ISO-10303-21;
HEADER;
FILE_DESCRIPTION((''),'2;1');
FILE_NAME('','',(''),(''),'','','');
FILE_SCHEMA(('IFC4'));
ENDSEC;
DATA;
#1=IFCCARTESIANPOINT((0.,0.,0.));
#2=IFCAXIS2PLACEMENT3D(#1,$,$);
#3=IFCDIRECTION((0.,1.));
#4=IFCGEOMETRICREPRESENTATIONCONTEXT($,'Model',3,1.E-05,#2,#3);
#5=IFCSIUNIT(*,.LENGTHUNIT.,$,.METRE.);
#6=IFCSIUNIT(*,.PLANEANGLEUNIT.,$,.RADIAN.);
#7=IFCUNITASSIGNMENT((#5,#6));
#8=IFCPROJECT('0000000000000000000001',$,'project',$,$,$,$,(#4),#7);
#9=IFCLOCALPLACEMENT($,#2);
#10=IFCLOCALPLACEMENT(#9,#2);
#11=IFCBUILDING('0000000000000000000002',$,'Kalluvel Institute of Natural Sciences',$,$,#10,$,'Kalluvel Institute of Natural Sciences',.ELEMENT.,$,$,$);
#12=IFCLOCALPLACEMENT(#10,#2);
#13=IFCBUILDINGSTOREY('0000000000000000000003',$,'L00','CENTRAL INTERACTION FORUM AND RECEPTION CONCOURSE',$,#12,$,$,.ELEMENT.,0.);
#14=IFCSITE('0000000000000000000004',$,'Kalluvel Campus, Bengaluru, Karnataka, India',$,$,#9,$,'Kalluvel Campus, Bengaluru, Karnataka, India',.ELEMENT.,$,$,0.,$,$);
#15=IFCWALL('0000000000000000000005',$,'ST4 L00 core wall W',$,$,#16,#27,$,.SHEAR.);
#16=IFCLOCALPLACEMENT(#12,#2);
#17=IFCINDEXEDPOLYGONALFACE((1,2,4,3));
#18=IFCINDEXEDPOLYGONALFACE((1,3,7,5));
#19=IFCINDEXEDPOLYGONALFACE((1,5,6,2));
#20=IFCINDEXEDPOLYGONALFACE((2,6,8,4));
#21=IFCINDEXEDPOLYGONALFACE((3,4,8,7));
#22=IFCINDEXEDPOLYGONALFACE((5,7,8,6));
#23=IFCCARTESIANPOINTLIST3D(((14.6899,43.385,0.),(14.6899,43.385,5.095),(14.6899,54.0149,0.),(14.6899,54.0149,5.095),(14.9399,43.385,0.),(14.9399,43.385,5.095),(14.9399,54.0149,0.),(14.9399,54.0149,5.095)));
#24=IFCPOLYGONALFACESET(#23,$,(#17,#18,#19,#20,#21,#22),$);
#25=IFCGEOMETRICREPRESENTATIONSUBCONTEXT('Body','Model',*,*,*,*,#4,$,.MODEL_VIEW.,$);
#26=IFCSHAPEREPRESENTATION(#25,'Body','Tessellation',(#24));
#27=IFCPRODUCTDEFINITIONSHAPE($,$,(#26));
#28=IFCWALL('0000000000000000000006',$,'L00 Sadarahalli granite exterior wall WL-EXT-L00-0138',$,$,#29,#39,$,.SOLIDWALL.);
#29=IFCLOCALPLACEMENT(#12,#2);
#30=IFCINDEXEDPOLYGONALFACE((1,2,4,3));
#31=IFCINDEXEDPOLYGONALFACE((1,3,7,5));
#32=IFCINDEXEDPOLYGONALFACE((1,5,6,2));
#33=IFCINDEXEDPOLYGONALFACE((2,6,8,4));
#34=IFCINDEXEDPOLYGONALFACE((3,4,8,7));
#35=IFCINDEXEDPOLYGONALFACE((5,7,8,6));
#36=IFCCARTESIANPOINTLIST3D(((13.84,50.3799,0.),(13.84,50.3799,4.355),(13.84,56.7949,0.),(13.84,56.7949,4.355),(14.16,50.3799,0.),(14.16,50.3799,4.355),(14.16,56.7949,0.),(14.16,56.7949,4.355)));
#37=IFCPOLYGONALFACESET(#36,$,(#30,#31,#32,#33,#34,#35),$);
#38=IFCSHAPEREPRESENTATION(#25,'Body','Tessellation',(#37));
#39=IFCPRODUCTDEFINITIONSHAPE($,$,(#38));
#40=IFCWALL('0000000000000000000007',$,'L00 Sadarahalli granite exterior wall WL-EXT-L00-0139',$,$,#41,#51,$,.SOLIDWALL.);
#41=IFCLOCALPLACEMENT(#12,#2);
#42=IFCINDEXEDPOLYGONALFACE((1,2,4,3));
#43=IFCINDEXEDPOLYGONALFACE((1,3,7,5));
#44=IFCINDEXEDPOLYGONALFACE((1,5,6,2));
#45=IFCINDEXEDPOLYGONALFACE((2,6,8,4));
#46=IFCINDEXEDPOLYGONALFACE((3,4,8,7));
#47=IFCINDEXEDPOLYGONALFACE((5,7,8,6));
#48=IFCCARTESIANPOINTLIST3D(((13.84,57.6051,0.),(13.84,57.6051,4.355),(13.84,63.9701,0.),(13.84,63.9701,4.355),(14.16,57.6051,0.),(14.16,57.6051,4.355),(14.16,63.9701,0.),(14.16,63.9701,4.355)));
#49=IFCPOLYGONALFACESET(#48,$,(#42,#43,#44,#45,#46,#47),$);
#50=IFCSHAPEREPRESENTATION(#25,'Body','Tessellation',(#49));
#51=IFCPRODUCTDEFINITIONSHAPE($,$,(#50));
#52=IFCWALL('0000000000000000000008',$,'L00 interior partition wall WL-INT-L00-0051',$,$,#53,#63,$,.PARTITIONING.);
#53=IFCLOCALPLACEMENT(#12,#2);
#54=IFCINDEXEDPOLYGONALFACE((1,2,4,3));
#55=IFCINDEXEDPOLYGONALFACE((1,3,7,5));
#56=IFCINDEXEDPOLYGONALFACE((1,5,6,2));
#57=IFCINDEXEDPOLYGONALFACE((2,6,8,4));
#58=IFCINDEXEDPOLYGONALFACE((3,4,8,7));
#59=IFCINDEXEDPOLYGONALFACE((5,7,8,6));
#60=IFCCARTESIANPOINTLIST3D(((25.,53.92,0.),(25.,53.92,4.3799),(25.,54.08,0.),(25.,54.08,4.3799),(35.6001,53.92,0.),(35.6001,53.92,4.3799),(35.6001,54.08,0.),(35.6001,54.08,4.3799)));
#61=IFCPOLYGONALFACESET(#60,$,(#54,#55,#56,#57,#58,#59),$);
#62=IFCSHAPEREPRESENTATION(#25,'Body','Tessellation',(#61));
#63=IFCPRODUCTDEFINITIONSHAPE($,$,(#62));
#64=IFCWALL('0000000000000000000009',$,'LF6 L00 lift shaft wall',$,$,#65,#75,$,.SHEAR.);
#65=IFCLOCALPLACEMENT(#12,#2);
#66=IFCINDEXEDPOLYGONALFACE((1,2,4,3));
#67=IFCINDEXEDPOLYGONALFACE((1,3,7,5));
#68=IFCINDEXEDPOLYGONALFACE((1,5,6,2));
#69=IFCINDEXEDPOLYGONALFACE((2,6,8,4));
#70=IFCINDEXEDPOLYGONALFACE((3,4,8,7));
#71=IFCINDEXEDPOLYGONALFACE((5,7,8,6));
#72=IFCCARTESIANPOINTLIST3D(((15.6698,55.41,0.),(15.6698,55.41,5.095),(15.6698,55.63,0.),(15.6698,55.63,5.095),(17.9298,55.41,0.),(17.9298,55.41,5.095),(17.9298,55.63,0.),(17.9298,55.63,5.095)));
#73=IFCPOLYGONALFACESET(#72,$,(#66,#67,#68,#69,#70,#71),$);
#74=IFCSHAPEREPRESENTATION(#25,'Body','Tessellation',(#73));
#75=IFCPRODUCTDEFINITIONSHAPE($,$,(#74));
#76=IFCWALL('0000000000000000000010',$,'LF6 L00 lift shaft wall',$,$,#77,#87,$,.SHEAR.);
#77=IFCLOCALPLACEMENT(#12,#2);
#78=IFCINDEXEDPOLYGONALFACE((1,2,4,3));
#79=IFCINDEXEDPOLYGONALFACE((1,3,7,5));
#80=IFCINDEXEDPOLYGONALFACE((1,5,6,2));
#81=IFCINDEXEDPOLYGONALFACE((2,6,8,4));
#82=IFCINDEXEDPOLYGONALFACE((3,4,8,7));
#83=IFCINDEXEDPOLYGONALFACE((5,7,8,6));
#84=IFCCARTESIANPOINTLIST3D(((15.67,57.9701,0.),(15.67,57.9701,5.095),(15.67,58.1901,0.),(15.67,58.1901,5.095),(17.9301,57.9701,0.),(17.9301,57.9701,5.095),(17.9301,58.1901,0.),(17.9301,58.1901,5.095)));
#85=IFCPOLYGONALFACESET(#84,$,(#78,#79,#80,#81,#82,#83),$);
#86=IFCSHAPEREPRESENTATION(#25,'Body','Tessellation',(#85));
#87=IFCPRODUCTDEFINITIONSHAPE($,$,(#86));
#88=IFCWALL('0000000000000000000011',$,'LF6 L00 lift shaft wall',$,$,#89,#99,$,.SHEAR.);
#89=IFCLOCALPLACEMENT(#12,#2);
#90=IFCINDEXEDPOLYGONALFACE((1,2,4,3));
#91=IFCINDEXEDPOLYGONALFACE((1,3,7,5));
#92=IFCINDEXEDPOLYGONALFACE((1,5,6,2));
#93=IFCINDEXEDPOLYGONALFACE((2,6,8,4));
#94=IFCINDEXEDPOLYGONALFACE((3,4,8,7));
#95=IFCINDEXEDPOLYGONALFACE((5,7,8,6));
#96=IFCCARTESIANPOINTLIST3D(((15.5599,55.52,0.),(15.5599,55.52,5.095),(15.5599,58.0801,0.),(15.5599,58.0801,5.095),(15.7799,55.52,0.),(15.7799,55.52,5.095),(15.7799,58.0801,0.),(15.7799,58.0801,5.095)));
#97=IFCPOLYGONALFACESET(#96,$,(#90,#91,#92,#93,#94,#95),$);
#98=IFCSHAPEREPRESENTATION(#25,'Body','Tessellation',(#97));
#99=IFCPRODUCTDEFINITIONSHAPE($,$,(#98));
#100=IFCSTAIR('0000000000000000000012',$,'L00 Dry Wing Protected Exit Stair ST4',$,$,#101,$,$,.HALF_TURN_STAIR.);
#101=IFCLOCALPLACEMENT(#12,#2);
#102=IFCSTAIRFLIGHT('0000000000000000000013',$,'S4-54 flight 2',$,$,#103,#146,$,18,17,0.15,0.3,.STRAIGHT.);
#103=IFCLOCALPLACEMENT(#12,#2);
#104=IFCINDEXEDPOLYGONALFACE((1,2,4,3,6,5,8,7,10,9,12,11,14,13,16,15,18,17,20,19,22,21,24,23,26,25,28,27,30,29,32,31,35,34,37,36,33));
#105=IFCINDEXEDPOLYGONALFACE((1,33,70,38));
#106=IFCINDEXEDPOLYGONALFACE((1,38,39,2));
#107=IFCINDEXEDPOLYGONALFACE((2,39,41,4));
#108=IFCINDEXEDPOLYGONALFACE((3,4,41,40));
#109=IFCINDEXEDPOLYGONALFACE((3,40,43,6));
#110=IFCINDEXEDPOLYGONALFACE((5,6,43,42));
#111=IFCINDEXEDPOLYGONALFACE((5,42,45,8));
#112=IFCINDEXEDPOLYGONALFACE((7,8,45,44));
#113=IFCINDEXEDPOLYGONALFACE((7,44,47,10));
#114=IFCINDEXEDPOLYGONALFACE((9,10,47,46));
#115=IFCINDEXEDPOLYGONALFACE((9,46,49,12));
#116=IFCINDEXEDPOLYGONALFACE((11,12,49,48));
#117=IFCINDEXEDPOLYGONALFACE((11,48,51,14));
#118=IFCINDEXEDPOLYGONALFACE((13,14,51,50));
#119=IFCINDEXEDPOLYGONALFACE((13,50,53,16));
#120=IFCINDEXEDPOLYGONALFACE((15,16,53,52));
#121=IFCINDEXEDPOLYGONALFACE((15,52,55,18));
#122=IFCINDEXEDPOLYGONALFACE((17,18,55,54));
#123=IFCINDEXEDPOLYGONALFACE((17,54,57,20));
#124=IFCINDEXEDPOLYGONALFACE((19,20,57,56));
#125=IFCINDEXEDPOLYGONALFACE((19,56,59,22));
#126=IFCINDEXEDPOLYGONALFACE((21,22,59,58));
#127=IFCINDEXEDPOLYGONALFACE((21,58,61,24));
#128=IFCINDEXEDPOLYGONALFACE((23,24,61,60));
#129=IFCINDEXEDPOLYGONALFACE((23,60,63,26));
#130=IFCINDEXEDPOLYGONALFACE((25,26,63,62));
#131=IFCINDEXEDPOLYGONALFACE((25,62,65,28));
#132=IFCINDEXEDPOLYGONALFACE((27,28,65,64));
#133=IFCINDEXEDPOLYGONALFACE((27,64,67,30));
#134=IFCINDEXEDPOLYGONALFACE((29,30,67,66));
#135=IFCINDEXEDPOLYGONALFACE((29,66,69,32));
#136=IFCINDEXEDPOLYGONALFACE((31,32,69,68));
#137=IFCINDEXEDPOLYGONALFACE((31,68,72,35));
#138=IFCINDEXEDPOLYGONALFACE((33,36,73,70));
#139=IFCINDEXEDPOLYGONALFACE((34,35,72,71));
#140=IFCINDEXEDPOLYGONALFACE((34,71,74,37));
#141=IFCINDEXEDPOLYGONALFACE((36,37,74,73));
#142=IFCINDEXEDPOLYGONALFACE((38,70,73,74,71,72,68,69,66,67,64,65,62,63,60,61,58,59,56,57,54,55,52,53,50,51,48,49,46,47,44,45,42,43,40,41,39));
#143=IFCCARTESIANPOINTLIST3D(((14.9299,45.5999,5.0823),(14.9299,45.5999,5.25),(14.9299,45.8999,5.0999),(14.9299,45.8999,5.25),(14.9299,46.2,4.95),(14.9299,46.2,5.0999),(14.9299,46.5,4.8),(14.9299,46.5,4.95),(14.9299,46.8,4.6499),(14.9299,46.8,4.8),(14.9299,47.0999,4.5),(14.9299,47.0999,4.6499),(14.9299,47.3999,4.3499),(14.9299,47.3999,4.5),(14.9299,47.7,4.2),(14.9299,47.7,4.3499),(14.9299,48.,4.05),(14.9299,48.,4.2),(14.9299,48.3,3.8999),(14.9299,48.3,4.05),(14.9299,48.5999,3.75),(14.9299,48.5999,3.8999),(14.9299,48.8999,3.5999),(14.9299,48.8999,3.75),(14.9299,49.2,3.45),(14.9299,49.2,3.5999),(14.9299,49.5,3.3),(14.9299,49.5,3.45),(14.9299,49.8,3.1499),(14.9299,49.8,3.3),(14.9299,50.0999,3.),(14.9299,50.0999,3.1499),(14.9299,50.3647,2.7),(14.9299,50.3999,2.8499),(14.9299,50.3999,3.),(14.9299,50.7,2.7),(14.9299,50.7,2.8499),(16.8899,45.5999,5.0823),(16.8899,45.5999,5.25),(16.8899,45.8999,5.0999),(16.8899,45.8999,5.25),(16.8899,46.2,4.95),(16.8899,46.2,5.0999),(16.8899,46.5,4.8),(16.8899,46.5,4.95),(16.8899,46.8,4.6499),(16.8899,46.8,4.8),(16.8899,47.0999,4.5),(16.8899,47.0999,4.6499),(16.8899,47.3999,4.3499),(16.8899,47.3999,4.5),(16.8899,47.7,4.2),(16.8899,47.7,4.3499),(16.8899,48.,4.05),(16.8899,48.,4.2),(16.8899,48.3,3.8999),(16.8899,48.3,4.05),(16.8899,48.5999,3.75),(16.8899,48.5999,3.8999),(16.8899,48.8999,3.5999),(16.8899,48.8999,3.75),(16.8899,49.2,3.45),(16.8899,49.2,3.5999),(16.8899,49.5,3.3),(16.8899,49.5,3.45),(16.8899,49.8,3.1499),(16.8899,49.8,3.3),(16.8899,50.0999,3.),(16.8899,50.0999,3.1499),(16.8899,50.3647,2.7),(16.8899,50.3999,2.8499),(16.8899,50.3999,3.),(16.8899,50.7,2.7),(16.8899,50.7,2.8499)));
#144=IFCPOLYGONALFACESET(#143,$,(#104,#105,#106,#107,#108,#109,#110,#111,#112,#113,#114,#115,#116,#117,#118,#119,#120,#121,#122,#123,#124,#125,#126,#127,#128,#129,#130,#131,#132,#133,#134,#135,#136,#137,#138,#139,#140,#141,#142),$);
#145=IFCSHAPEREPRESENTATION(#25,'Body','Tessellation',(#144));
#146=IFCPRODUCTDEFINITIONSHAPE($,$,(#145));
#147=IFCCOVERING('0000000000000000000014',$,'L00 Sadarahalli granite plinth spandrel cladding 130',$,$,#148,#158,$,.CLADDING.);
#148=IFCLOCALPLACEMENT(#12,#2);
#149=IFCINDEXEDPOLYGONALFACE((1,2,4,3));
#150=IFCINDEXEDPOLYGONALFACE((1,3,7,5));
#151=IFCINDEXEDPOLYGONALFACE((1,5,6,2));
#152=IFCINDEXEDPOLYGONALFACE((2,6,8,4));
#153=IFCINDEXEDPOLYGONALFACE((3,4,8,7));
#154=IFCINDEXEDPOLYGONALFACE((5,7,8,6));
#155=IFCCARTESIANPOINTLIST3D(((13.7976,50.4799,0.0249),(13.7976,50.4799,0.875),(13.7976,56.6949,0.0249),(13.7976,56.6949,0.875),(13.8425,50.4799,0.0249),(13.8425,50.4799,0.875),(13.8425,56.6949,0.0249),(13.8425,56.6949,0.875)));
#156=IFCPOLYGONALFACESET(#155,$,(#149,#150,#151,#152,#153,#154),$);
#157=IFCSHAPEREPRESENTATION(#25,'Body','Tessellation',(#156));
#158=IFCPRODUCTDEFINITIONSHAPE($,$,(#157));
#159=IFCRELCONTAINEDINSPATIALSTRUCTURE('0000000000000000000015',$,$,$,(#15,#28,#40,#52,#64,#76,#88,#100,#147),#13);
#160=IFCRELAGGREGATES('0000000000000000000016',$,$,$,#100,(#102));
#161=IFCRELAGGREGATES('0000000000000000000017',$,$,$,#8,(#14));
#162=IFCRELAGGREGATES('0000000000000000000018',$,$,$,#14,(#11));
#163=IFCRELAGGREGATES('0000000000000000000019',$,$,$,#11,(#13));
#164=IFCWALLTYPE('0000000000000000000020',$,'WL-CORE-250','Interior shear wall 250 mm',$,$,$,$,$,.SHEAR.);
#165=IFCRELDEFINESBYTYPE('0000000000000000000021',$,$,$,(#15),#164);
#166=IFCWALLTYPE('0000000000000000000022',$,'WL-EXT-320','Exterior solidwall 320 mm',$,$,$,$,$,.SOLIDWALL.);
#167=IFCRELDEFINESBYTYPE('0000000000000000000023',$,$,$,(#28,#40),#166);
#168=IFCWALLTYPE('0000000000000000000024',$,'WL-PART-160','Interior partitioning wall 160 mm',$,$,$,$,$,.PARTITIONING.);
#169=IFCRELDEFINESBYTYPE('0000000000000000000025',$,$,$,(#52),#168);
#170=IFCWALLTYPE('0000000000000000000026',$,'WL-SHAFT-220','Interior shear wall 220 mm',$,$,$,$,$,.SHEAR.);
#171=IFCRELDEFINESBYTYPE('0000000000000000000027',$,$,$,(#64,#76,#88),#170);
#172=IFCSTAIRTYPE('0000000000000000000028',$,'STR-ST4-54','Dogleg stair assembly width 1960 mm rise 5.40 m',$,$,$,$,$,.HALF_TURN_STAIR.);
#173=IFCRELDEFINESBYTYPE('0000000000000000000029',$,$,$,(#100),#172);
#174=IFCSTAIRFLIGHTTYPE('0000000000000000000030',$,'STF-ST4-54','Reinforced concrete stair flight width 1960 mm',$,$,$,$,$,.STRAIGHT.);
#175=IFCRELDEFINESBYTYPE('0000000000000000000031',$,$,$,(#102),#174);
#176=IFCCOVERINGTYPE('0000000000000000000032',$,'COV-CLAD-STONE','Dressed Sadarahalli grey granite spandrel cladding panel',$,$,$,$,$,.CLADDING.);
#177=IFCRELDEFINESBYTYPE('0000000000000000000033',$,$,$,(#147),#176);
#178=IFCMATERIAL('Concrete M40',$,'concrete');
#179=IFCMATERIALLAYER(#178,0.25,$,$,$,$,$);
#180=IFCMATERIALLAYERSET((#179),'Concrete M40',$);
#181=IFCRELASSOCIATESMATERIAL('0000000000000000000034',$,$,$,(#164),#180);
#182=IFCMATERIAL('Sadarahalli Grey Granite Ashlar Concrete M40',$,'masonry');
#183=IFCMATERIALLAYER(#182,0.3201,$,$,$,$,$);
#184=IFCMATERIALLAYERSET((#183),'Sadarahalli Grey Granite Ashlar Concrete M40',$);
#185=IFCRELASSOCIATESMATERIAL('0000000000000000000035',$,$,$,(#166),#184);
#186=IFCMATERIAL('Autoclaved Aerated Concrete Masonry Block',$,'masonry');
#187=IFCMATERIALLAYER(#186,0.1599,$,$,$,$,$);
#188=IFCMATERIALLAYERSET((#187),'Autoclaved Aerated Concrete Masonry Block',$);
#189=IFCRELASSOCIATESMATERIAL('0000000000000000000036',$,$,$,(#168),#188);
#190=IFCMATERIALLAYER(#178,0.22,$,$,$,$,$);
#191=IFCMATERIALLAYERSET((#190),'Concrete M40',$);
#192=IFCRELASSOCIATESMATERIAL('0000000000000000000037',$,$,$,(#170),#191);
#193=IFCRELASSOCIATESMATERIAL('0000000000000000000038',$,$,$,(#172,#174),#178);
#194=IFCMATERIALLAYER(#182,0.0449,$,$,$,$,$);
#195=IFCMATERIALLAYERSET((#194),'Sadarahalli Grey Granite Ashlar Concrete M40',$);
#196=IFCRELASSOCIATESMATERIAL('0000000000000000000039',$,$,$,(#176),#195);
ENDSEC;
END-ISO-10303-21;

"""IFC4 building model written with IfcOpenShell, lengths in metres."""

from ifc_helpers import new_model, si_unit, direction, frame, frame_2d, origin, origin_2d, place, context, subcontext, project, spatial, polyline, rectangle, outline, extrude, material, layer, layer_set, type_object, element, aggregate, save


model = new_model("IFC4")

# Units and contexts
model_context = context("Model", 3, precision=1e-05, world=origin(), true_north=direction((0.0, 1.0)))
body_context = subcontext(model_context, "Body", "Model", "MODEL_VIEW")
ifc_project = project(units=[si_unit("LENGTHUNIT", "METRE"), si_unit("PLANEANGLEUNIT", "RADIAN")], contexts=[model_context])

# Site, building, storey
site_placement = place(None, origin())
site = spatial("IfcSite", under=ifc_project, at=site_placement, Name="Kalluvel Campus, Bengaluru, Karnataka, India", LongName="Kalluvel Campus, Bengaluru, Karnataka, India", CompositionType="ELEMENT", RefElevation=0.0)
building_placement = place(site_placement, origin())
building = spatial("IfcBuilding", under=site, at=building_placement, Name="Kalluvel Institute of Natural Sciences", LongName="Kalluvel Institute of Natural Sciences", CompositionType="ELEMENT")
storey_placement = place(building_placement, origin())
storey = spatial("IfcBuildingStorey", under=building, at=storey_placement, Name="L00", Description="CENTRAL INTERACTION FORUM AND RECEPTION CONCOURSE", CompositionType="ELEMENT", Elevation=0.0)

# Shared definitions
ifc_material_1 = material(Name="Concrete M40", Category="concrete")

# Walls
ifc_layer_1 = layer(ifc_material_1, 0.25)
ifc_layer_set_1 = layer_set([ifc_layer_1], Name="Concrete M40")
wall_type_1 = type_object("IfcWallType", Name="WL-CORE-250", Description="Interior shear wall 250 mm", PredefinedType="SHEAR", material=ifc_layer_set_1)
wall_1_placement = place(storey_placement, frame((14.8149, 54.0149, 0.0), z_axis=(0.0, 0.0, 1.0), x_axis=(0.0, -1.0, 0.0)))
element("IfcWall", 1, at=wall_1_placement, inside=storey, type_object=wall_type_1, Name="ST4 L00 core wall W", PredefinedType="SHEAR", context=body_context, shape_type="SweptSolid", body=[
    extrude(rectangle(XDim=10.6299, YDim=0.25, at=frame_2d((5.3149, 0.0))), origin(), (0.0, 0.0, 1.0), 5.095),
])
ifc_material_2 = material(Name="Sadarahalli Grey Granite Ashlar Concrete M40", Category="masonry")
ifc_layer_2 = layer(ifc_material_2, 0.3201)
ifc_layer_set_2 = layer_set([ifc_layer_2], Name="Sadarahalli Grey Granite Ashlar Concrete M40")
wall_type_2 = type_object("IfcWallType", Name="WL-EXT-320", Description="Exterior solidwall 320 mm", PredefinedType="SOLIDWALL", material=ifc_layer_set_2)
wall_2_placement = place(storey_placement, frame((14.0, 50.3799, 0.0), z_axis=(0.0, 0.0, 1.0), x_axis=(0.0, 1.0, 0.0)))
element("IfcWall", 2, at=wall_2_placement, inside=storey, type_object=wall_type_2, Name="L00 Sadarahalli granite exterior wall WL-EXT-L00-0138", PredefinedType="SOLIDWALL", context=body_context, shape_type="SweptSolid", body=[
    extrude(rectangle(XDim=6.415, YDim=0.3201, at=frame_2d((3.2075, 0.0))), origin(), (0.0, 0.0, 1.0), 4.355),
])
wall_3_placement = place(storey_placement, frame((14.0, 57.605, 0.0), z_axis=(0.0, 0.0, 1.0), x_axis=(0.0, 1.0, 0.0)))
element("IfcWall", 3, at=wall_3_placement, inside=storey, type_object=wall_type_2, Name="L00 Sadarahalli granite exterior wall WL-EXT-L00-0139", PredefinedType="SOLIDWALL", context=body_context, shape_type="SweptSolid", body=[
    extrude(rectangle(XDim=6.365, YDim=0.3201, at=frame_2d((3.1826, 0.0))), origin(), (0.0, 0.0, 1.0), 4.355),
])
ifc_material_3 = material(Name="Autoclaved Aerated Concrete Masonry Block", Category="masonry")
ifc_layer_3 = layer(ifc_material_3, 0.1599)
ifc_layer_set_3 = layer_set([ifc_layer_3], Name="Autoclaved Aerated Concrete Masonry Block")
wall_type_3 = type_object("IfcWallType", Name="WL-PART-160", Description="Interior partitioning wall 160 mm", PredefinedType="PARTITIONING", material=ifc_layer_set_3)
wall_4_placement = place(storey_placement, frame((25.0, 54.0, 0.0), z_axis=(0.0, 0.0, 1.0), x_axis=(1.0, 0.0, 0.0)))
element("IfcWall", 4, at=wall_4_placement, inside=storey, type_object=wall_type_3, Name="L00 interior partition wall WL-INT-L00-0051", PredefinedType="PARTITIONING", context=body_context, shape_type="SweptSolid", body=[
    extrude(rectangle(XDim=10.6001, YDim=0.1599, at=frame_2d((5.3, 0.0))), origin(), (0.0, 0.0, 1.0), 4.3799),
])
ifc_layer_4 = layer(ifc_material_1, 0.22)
ifc_layer_set_4 = layer_set([ifc_layer_4], Name="Concrete M40")
wall_type_4 = type_object("IfcWallType", Name="WL-SHAFT-220", Description="Interior shear wall 220 mm", PredefinedType="SHEAR", material=ifc_layer_set_4)
wall_5_placement = place(storey_placement, frame((15.6699, 55.52, 0.0), z_axis=(0.0, 0.0, 1.0), x_axis=(1.0, 0.0, 0.0)))
element("IfcWall", 5, at=wall_5_placement, inside=storey, type_object=wall_type_4, Name="LF6 L00 lift shaft wall", PredefinedType="SHEAR", context=body_context, shape_type="SweptSolid", body=[
    extrude(rectangle(XDim=2.26, YDim=0.22, at=frame_2d((1.1299, 0.0))), origin(), (0.0, 0.0, 1.0), 5.095),
])

# Walls
wall_6_placement = place(storey_placement, frame((17.9299, 58.0801, 0.0), z_axis=(0.0, 0.0, 1.0), x_axis=(-1.0, 0.0, 0.0)))
element("IfcWall", 6, at=wall_6_placement, inside=storey, type_object=wall_type_4, Name="LF6 L00 lift shaft wall", PredefinedType="SHEAR", context=body_context, shape_type="SweptSolid", body=[
    extrude(rectangle(XDim=2.26, YDim=0.22, at=frame_2d((1.1299, 0.0))), origin(), (0.0, 0.0, 1.0), 5.095),
])
wall_7_placement = place(storey_placement, frame((15.6699, 58.0801, 0.0), z_axis=(0.0, 0.0, 1.0), x_axis=(0.0, -1.0, 0.0)))
element("IfcWall", 7, at=wall_7_placement, inside=storey, type_object=wall_type_4, Name="LF6 L00 lift shaft wall", PredefinedType="SHEAR", context=body_context, shape_type="SweptSolid", body=[
    extrude(rectangle(XDim=2.5601, YDim=0.22, at=frame_2d((1.28, 0.0))), origin(), (0.0, 0.0, 1.0), 5.095),
])

# Stair, stair flight
stair_type = type_object("IfcStairType", Name="STR-ST4-54", Description="Dogleg stair assembly width 1960 mm rise 5.40 m", PredefinedType="HALF_TURN_STAIR", material=ifc_material_1)
stair_placement = place(storey_placement, origin())
stair = element("IfcStair", 8, at=stair_placement, inside=storey, type_object=stair_type, Name="L00 Dry Wing Protected Exit Stair ST4", PredefinedType="HALF_TURN_STAIR")
stair_flight_type = type_object("IfcStairFlightType", Name="STF-ST4-54", Description="Reinforced concrete stair flight width 1960 mm", PredefinedType="STRAIGHT", material=ifc_material_1)
stair_flight_placement = place(storey_placement, frame((15.9099, 50.7, 2.7), z_axis=(0.0, 0.0, 1.0), x_axis=(0.0, -1.0, 0.0)))
stair_flight = element("IfcStairFlight", 9, at=stair_flight_placement, type_object=stair_flight_type, Name="S4-54 flight 2", NumberOfRisers=18, NumberOfTreads=17, PredefinedType="STRAIGHT", RiserHeight=0.15, TreadLength=0.3, context=body_context, shape_type="SweptSolid", body=[
    extrude(outline(polyline([(0.0, 0.0), (0.0, 0.1499), (0.3, 0.1499), (0.3, 0.3), (0.6001, 0.3), (0.6001, 0.45), (0.8999, 0.45), (0.8999, 0.6001), (1.2, 0.6001), (1.2, 0.75), (1.5, 0.75), (1.5, 0.8999), (1.8, 0.8999), (1.8, 1.05), (2.1001, 1.05), (2.1001, 1.2), (2.3999, 1.2), (2.3999, 1.3501), (2.7, 1.3501), (2.7, 1.5), (3.0, 1.5), (3.0, 1.6499), (3.3, 1.6499), (3.3, 1.8), (3.6001, 1.8), (3.6001, 1.95), (3.8999, 1.95), (3.8999, 2.1001), (4.2, 2.1001), (4.2, 2.25), (4.5, 2.25), (4.5, 2.3999), (4.8, 2.3999), (4.8, 2.55), (5.1001, 2.55), (5.1001, 2.7), (5.1001, 2.3823), (0.3352, 0.0), (0.0, 0.0)])), frame((0.0, 0.98, 0.0), z_axis=(0.0, -1.0, 0.0), x_axis=(1.0, 0.0, 0.0)), (0.0, 0.0, 1.0), 1.96),
])
aggregate(stair, [stair_flight])

# Covering
ifc_layer_5 = layer(ifc_material_2, 0.0449)
ifc_layer_set_5 = layer_set([ifc_layer_5], Name="Sadarahalli Grey Granite Ashlar Concrete M40")
covering_type = type_object("IfcCoveringType", Name="COV-CLAD-STONE", Description="Dressed Sadarahalli grey granite spandrel cladding panel", PredefinedType="CLADDING", material=ifc_layer_set_5)
covering_placement = place(storey_placement, frame((13.8201, 53.5874, 0.0249), z_axis=(0.0, 0.0, 1.0), x_axis=(0.0, 1.0, 0.0)))
element("IfcCovering", 10, at=covering_placement, inside=storey, type_object=covering_type, Name="L00 Sadarahalli granite plinth spandrel cladding 130", PredefinedType="CLADDING", context=body_context, shape_type="SweptSolid", body=[
    extrude(rectangle(XDim=6.2151, YDim=0.0449, at=origin_2d()), origin(), (0.0, 0.0, 1.0), 0.8501),
])

save(model, "model.ifc")
